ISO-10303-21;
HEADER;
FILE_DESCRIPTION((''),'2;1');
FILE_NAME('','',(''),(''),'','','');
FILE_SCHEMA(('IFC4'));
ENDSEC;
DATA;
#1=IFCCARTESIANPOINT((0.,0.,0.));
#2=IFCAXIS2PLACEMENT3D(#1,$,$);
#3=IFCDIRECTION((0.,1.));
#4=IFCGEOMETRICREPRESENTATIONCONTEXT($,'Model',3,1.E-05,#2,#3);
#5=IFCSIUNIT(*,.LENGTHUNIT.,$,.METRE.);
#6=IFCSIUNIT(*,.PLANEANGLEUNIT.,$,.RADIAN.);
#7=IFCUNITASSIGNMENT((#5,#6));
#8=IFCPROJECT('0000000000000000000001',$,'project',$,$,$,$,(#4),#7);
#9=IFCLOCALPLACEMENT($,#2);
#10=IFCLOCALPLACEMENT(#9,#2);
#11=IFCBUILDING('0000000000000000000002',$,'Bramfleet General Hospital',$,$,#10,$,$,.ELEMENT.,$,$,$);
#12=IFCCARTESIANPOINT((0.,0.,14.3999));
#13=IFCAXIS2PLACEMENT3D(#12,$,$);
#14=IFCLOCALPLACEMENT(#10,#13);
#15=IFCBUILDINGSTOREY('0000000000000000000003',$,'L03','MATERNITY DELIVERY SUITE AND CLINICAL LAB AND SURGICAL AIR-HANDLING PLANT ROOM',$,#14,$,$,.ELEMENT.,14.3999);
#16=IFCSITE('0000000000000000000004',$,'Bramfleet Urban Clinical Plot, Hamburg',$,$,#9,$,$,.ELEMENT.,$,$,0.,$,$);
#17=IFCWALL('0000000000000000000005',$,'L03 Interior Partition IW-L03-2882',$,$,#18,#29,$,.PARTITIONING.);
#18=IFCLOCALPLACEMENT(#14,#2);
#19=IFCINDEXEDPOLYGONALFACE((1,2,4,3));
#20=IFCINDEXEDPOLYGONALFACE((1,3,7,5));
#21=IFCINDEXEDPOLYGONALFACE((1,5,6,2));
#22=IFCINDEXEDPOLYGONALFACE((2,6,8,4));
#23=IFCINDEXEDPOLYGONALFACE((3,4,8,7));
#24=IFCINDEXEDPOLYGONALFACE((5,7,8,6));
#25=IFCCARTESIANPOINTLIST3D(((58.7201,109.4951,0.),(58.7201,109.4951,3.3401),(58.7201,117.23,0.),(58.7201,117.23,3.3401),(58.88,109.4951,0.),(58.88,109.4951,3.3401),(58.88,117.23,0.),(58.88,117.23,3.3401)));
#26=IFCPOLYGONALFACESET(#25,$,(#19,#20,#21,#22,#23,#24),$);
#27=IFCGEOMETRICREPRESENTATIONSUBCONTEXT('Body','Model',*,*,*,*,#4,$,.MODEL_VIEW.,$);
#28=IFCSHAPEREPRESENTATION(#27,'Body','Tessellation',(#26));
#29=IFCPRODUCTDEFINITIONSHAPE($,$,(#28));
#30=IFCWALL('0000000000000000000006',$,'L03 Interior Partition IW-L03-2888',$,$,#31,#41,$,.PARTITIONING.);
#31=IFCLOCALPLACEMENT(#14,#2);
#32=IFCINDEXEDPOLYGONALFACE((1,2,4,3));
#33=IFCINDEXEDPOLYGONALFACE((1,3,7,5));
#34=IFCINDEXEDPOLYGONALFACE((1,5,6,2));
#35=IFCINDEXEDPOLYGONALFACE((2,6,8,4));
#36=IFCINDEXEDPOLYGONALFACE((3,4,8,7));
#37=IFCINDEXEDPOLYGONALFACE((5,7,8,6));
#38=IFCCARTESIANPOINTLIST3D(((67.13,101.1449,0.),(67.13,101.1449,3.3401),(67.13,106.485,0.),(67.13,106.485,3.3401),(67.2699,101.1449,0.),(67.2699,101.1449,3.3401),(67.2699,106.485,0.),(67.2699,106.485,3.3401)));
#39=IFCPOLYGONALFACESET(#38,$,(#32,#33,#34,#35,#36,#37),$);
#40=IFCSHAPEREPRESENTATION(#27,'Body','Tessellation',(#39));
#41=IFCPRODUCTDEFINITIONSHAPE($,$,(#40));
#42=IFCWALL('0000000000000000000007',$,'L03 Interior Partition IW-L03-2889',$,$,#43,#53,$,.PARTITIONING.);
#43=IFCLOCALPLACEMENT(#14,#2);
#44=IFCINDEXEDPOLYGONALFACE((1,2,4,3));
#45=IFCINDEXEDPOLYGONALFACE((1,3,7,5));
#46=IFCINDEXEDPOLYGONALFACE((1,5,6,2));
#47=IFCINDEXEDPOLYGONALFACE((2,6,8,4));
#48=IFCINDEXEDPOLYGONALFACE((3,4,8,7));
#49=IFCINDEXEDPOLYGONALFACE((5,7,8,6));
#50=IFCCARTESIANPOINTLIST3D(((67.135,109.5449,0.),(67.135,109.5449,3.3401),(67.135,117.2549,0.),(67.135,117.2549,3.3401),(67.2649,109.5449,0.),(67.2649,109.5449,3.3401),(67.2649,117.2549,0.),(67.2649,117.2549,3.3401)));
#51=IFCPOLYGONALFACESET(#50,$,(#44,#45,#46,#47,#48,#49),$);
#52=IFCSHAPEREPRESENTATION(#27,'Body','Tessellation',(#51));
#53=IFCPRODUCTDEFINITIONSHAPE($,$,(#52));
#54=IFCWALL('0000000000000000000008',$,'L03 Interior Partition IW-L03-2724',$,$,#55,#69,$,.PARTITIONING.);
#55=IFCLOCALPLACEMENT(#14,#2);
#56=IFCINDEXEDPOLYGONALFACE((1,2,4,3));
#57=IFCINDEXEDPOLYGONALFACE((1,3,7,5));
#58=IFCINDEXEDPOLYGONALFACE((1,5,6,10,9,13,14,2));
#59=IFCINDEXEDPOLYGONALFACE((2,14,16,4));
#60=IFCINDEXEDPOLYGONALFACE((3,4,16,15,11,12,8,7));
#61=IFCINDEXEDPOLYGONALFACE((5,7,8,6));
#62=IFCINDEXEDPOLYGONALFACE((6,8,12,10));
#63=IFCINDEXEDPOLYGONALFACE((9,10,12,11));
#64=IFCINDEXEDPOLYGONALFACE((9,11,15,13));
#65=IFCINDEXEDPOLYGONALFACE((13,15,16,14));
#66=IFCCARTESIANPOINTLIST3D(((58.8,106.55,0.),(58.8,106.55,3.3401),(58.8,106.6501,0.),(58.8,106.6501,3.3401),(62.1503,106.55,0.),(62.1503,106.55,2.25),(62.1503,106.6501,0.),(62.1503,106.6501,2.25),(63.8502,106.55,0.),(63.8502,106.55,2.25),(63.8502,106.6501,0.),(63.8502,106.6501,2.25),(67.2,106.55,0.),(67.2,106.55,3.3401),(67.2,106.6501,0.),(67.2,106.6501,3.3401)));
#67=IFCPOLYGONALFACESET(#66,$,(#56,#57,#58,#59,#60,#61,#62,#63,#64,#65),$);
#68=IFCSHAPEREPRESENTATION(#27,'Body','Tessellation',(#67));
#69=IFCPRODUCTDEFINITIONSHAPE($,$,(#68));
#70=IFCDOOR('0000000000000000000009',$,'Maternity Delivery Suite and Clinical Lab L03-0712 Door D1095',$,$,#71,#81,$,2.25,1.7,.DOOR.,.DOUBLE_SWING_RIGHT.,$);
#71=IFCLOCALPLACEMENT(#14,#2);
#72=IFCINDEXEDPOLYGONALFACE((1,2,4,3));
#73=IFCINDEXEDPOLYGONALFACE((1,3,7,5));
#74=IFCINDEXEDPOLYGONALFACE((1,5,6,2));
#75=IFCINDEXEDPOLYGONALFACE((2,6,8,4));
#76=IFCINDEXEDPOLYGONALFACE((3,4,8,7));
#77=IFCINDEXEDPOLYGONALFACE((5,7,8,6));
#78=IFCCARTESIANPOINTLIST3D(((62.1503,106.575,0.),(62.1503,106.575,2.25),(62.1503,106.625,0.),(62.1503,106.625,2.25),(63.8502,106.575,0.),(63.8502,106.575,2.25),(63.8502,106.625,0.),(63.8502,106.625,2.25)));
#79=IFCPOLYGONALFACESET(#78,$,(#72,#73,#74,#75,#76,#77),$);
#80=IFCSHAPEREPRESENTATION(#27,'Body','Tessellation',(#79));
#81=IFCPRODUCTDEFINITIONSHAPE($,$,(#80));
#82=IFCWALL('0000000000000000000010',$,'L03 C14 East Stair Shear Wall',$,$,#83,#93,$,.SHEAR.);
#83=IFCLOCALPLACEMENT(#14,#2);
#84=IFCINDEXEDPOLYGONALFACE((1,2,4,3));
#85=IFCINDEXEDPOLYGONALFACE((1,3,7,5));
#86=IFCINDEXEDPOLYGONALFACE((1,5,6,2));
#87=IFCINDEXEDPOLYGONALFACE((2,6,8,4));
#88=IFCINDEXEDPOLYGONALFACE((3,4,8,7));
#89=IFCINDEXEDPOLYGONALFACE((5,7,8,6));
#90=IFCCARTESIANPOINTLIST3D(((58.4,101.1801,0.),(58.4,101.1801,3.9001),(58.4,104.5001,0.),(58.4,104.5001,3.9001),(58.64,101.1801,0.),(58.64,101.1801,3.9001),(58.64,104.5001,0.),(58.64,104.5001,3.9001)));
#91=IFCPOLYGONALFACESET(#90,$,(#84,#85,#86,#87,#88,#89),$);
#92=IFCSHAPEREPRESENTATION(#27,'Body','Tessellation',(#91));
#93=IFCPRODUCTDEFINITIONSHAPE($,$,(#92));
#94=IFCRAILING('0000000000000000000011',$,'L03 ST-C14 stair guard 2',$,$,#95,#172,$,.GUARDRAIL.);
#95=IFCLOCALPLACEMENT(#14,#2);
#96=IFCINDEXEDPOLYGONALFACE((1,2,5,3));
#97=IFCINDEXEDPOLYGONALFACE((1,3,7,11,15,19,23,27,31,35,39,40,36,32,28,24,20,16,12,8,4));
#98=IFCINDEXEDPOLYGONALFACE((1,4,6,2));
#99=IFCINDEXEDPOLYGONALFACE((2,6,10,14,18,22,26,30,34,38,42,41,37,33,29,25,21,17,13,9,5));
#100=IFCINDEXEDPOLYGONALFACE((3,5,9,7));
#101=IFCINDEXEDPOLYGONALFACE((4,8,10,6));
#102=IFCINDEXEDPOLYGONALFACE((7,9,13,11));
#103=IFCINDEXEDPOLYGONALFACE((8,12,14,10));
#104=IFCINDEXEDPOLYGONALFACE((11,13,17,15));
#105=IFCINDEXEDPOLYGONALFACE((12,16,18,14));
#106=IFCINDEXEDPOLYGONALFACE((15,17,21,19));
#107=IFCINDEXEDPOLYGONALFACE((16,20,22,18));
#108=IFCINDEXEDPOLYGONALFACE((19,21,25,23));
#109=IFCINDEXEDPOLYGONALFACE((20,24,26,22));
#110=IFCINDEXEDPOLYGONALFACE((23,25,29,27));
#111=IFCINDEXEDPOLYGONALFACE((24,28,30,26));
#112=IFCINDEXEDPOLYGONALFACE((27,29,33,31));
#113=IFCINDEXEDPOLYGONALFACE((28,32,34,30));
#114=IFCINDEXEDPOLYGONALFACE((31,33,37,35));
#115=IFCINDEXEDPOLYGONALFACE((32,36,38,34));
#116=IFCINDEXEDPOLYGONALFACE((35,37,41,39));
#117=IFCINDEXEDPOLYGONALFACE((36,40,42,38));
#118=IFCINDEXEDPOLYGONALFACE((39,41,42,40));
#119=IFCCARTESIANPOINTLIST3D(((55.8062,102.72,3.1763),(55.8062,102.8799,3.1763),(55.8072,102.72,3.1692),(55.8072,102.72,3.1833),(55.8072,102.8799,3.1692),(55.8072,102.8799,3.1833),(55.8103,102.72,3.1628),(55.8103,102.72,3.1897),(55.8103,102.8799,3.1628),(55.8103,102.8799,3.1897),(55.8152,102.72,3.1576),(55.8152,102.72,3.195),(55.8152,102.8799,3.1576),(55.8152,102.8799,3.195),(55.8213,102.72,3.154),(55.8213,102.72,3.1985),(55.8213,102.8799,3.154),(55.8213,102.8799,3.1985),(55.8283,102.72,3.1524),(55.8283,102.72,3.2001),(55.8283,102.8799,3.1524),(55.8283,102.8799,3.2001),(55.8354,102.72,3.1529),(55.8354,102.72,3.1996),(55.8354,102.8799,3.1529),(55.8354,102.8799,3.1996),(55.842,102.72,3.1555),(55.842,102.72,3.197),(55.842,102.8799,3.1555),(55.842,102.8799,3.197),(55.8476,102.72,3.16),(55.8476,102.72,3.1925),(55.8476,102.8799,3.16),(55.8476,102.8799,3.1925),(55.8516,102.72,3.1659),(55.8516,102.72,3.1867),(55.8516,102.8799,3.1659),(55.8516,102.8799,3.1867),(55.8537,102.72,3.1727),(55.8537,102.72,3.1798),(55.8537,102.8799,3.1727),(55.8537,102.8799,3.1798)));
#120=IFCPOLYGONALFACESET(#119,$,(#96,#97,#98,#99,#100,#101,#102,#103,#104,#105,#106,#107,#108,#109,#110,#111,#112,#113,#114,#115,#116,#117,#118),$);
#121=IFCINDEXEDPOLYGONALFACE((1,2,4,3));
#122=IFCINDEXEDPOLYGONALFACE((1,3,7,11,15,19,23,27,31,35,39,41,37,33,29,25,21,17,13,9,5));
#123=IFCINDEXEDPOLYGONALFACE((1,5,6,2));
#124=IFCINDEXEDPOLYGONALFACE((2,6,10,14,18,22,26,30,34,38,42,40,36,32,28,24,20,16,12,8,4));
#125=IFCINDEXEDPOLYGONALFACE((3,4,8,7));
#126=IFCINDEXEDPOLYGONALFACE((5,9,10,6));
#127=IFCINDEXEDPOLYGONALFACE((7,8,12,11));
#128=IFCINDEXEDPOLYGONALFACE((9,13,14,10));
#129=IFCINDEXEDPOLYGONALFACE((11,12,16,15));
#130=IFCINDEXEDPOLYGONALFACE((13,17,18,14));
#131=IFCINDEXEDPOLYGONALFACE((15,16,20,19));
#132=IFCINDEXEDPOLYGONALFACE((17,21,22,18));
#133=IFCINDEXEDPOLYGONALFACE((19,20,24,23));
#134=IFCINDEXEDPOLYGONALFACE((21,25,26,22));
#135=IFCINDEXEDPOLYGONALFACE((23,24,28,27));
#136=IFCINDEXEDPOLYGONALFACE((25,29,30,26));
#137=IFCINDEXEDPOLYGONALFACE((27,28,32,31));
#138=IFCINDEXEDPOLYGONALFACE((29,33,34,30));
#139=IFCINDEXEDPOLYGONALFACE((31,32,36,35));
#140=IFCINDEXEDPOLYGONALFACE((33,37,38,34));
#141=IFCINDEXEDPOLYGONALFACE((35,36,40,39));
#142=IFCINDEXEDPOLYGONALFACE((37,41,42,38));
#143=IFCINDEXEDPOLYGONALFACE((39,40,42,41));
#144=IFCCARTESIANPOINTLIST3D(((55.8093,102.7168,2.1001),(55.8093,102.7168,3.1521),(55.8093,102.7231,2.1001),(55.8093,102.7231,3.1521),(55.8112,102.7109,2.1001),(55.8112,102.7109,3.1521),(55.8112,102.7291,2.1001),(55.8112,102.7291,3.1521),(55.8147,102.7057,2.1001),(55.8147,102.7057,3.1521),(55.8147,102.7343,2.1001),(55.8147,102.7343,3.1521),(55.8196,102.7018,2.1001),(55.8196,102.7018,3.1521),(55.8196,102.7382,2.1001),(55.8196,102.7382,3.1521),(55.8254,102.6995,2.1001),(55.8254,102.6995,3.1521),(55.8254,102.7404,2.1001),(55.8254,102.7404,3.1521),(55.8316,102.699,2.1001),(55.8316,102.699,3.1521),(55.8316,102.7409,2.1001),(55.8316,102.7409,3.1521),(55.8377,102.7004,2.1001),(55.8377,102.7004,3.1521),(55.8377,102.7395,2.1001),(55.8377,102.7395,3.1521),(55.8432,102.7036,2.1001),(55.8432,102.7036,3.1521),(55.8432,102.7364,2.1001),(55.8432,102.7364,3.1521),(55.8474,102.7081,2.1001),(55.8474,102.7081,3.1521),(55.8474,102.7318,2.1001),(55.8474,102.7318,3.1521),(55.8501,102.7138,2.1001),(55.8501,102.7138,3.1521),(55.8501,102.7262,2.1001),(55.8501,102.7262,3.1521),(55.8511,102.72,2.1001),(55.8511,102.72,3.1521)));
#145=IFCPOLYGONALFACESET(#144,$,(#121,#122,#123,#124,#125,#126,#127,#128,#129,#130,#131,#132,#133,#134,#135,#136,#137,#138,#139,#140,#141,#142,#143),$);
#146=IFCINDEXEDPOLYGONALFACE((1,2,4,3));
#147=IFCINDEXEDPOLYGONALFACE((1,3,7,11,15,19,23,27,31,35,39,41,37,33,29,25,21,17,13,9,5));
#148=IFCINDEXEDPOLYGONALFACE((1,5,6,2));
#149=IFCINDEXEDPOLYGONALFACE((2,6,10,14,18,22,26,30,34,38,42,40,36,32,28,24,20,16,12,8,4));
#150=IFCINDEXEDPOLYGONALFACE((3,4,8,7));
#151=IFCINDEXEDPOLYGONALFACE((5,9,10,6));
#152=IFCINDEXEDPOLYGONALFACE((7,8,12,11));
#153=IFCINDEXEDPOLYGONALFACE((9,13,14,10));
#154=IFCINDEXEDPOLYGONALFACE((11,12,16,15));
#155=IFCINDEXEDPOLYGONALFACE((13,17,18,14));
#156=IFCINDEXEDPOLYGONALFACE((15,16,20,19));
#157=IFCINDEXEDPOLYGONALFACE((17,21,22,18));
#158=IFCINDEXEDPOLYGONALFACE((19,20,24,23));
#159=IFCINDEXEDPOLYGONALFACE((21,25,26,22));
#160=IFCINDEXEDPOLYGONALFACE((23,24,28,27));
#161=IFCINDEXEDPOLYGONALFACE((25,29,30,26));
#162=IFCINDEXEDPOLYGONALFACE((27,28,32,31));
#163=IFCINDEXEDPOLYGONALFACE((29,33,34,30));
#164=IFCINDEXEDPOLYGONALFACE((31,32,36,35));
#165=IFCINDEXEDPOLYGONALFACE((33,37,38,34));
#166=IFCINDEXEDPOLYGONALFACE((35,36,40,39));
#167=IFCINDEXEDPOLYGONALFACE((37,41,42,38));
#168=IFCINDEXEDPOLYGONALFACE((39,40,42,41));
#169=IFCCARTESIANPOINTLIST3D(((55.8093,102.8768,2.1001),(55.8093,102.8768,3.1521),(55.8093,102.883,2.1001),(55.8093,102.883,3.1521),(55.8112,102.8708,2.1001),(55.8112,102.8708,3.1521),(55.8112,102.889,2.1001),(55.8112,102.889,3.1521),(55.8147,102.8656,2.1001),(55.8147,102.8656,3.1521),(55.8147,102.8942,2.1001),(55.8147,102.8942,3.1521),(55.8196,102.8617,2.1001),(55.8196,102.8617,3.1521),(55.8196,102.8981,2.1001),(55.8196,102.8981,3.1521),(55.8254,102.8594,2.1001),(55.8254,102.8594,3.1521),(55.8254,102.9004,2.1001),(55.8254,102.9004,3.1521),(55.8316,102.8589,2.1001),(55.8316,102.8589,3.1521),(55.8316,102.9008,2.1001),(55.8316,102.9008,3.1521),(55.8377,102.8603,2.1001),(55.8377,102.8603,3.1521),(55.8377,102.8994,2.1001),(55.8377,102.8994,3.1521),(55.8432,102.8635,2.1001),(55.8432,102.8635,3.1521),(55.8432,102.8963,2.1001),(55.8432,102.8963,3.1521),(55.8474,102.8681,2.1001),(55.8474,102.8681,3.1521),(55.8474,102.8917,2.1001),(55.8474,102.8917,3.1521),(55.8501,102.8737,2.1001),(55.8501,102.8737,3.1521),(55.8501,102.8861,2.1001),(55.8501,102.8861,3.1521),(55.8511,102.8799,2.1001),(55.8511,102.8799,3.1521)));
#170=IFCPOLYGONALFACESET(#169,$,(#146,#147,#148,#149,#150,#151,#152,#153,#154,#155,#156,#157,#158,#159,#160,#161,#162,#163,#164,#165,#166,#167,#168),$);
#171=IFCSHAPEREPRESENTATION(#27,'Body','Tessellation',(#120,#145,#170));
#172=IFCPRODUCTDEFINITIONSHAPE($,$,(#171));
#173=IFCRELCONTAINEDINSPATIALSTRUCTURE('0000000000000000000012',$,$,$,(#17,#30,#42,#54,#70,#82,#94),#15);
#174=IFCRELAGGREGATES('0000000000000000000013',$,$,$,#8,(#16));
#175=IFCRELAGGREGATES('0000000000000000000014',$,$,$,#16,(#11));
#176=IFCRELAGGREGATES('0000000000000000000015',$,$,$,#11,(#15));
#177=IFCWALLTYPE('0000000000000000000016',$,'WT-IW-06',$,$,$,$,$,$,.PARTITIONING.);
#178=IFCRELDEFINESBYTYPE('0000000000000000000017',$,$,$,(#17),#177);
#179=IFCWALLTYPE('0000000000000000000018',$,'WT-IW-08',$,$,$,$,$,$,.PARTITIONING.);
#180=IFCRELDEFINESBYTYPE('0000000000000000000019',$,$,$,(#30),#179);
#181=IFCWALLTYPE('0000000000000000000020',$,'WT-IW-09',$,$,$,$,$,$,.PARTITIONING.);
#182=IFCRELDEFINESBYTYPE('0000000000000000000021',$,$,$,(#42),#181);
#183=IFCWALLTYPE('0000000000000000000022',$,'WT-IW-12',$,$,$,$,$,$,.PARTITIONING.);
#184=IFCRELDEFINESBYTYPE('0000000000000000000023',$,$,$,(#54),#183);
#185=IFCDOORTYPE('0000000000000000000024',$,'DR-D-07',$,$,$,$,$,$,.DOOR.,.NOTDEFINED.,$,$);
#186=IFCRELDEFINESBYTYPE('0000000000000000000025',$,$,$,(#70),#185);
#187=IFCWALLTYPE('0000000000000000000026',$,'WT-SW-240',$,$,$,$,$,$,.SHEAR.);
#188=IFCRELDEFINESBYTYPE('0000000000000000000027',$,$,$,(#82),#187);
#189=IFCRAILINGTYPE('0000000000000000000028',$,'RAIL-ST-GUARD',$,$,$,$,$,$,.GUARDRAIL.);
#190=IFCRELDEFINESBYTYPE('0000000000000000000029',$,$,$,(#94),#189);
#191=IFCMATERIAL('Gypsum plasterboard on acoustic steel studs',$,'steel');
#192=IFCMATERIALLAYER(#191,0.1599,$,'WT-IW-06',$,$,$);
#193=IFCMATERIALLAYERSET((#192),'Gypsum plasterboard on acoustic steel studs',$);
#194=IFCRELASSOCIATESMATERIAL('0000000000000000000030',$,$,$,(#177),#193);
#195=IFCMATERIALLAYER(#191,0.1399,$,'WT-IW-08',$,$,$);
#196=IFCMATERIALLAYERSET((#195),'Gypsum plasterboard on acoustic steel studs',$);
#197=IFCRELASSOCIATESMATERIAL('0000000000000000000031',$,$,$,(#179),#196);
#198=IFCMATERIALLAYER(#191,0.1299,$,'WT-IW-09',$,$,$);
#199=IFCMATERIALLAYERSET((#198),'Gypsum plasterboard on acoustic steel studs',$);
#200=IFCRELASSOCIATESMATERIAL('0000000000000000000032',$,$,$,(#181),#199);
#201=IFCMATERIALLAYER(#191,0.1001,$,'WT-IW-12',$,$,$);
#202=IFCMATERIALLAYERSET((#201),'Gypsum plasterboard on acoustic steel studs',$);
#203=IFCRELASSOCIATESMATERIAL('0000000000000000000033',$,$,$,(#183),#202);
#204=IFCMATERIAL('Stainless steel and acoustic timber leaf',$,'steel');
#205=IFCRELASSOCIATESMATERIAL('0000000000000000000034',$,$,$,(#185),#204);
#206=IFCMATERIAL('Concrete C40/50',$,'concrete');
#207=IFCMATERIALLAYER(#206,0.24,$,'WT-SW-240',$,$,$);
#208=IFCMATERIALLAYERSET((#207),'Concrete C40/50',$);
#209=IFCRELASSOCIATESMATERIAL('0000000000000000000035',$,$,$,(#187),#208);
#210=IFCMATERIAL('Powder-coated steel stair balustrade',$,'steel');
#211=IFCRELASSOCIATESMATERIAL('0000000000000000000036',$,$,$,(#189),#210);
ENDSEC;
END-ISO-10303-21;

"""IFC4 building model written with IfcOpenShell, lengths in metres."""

from ifc_helpers import new_model, si_unit, direction, frame, frame_2d, origin, origin_2d, place, context, subcontext, project, spatial, rectangle, circle, extrude, material, layer, layer_set, type_object, element, fill, save


model = new_model("IFC4")

# Units and contexts
model_context = context("Model", 3, precision=1e-05, world=origin(), true_north=direction((0.0, 1.0)))
body_context = subcontext(model_context, "Body", "Model", "MODEL_VIEW")
ifc_project = project(units=[si_unit("LENGTHUNIT", "METRE"), si_unit("PLANEANGLEUNIT", "RADIAN")], contexts=[model_context])

# Site, building, storey
site_placement = place(None, origin())
site = spatial("IfcSite", under=ifc_project, at=site_placement, Name="Bramfleet Urban Clinical Plot, Hamburg", CompositionType="ELEMENT", RefElevation=0.0)
building_placement = place(site_placement, origin())
building = spatial("IfcBuilding", under=site, at=building_placement, Name="Bramfleet General Hospital", CompositionType="ELEMENT")
storey_placement = place(building_placement, frame((0.0, 0.0, 14.3999)))
storey = spatial("IfcBuildingStorey", under=building, at=storey_placement, Name="L03", Description="MATERNITY DELIVERY SUITE AND CLINICAL LAB AND SURGICAL AIR-HANDLING PLANT ROOM", CompositionType="ELEMENT", Elevation=14.3999)

# Shared definitions
ifc_material_1 = material(Name="Concrete C40/50", Category="concrete")

# Shared definitions
ifc_material_2 = material(Name="Gypsum plasterboard on acoustic steel studs", Category="steel")
ifc_layer_1 = layer(ifc_material_2, 0.1599, Name="WT-IW-06")
ifc_layer_set_1 = layer_set([ifc_layer_1], Name="Gypsum plasterboard on acoustic steel studs")
wall_type_1 = type_object("IfcWallType", Name="WT-IW-06", PredefinedType="PARTITIONING", material=ifc_layer_set_1)
ifc_material_3 = material(Name="Stainless steel and acoustic timber leaf", Category="steel")

# Walls
wall_1_placement = place(storey_placement, frame((58.8, 109.4951, 0.0), z_axis=(0.0, 0.0, 1.0), x_axis=(0.0, 1.0, 0.0)))
element("IfcWall", 1, at=wall_1_placement, inside=storey, type_object=wall_type_1, Name="L03 Interior Partition IW-L03-2882", PredefinedType="PARTITIONING", context=body_context, shape_type="SweptSolid", body=[
    extrude(rectangle(XDim=7.7349, YDim=0.1599, at=frame_2d((3.8674, 0.0))), origin(), (0.0, 0.0, 1.0), 3.3401),
])
ifc_layer_2 = layer(ifc_material_2, 0.1399, Name="WT-IW-08")
ifc_layer_set_2 = layer_set([ifc_layer_2], Name="Gypsum plasterboard on acoustic steel studs")
wall_type_2 = type_object("IfcWallType", Name="WT-IW-08", PredefinedType="PARTITIONING", material=ifc_layer_set_2)
wall_2_placement = place(storey_placement, frame((67.2, 101.145, 0.0), z_axis=(0.0, 0.0, 1.0), x_axis=(0.0, 1.0, 0.0)))
element("IfcWall", 2, at=wall_2_placement, inside=storey, type_object=wall_type_2, Name="L03 Interior Partition IW-L03-2888", PredefinedType="PARTITIONING", context=body_context, shape_type="SweptSolid", body=[
    extrude(rectangle(XDim=5.3401, YDim=0.1399, at=frame_2d((2.6699, 0.0))), origin(), (0.0, 0.0, 1.0), 3.3401),
])
ifc_layer_3 = layer(ifc_material_2, 0.1299, Name="WT-IW-09")
ifc_layer_set_3 = layer_set([ifc_layer_3], Name="Gypsum plasterboard on acoustic steel studs")
wall_type_3 = type_object("IfcWallType", Name="WT-IW-09", PredefinedType="PARTITIONING", material=ifc_layer_set_3)
wall_3_placement = place(storey_placement, frame((67.2, 109.5449, 0.0), z_axis=(0.0, 0.0, 1.0), x_axis=(0.0, 1.0, 0.0)))
element("IfcWall", 3, at=wall_3_placement, inside=storey, type_object=wall_type_3, Name="L03 Interior Partition IW-L03-2889", PredefinedType="PARTITIONING", context=body_context, shape_type="SweptSolid", body=[
    extrude(rectangle(XDim=7.71, YDim=0.1299, at=frame_2d((3.855, 0.0))), origin(), (0.0, 0.0, 1.0), 3.3401),
])

# Wall, opening, door
ifc_layer_4 = layer(ifc_material_2, 0.1001, Name="WT-IW-12")
ifc_layer_set_4 = layer_set([ifc_layer_4], Name="Gypsum plasterboard on acoustic steel studs")
wall_type_4 = type_object("IfcWallType", Name="WT-IW-12", PredefinedType="PARTITIONING", material=ifc_layer_set_4)
wall_4_placement = place(storey_placement, frame((58.8, 106.6001, 0.0), z_axis=(0.0, 0.0, 1.0), x_axis=(1.0, 0.0, 0.0)))
wall_4 = element("IfcWall", 4, at=wall_4_placement, inside=storey, type_object=wall_type_4, Name="L03 Interior Partition IW-L03-2724", PredefinedType="PARTITIONING", context=body_context, shape_type="SweptSolid", body=[
    extrude(rectangle(XDim=8.3999, YDim=0.1001, at=frame_2d((4.2, 0.0))), origin(), (0.0, 0.0, 1.0), 3.3401),
])
opening_1_placement = place(wall_4_placement, frame((3.3501, 0.0, 0.0)))
opening_1 = element("IfcOpeningElement", 5, at=opening_1_placement, cuts=wall_4, PredefinedType="OPENING", context=body_context, shape_type="SweptSolid", body=[
    extrude(rectangle(XDim=1.7, YDim=2.25, at=frame_2d((0.8501, 1.125))), frame((0.0, 0.0601, 0.0), z_axis=(0.0, -1.0, 0.0), x_axis=(1.0, 0.0, 0.0)), (0.0, 0.0, 1.0), 0.1201),
])
door_type_1 = type_object("IfcDoorType", Name="DR-D-07", OperationType="NOTDEFINED", PredefinedType="DOOR", material=ifc_material_3)
door_1_placement = place(opening_1_placement, origin())
door_1 = element("IfcDoor", 6, at=door_1_placement, inside=storey, type_object=door_type_1, Name="Maternity Delivery Suite and Clinical Lab L03-0712 Door D1095", OperationType="DOUBLE_SWING_RIGHT", OverallHeight=2.25, OverallWidth=1.7, PredefinedType="DOOR", context=body_context, shape_type="SweptSolid", body=[
    extrude(rectangle(XDim=1.7, YDim=2.25, at=frame_2d((0.8501, 1.125))), frame((0.0, 0.0249, 0.0), z_axis=(0.0, -1.0, 0.0), x_axis=(1.0, 0.0, 0.0)), (0.0, 0.0, 1.0), 0.05),
])
fill(opening_1, door_1)

# Wall
ifc_layer_5 = layer(ifc_material_1, 0.24, Name="WT-SW-240")
ifc_layer_set_5 = layer_set([ifc_layer_5], Name="Concrete C40/50")
wall_type_5 = type_object("IfcWallType", Name="WT-SW-240", PredefinedType="SHEAR", material=ifc_layer_set_5)
wall_5_placement = place(storey_placement, frame((58.52, 101.1799, 0.0), z_axis=(0.0, 0.0, 1.0), x_axis=(0.0, 1.0, 0.0)))
element("IfcWall", 7, at=wall_5_placement, inside=storey, type_object=wall_type_5, Name="L03 C14 East Stair Shear Wall", PredefinedType="SHEAR", context=body_context, shape_type="SweptSolid", body=[
    extrude(rectangle(XDim=3.3201, YDim=0.24, at=frame_2d((1.6602, 0.0))), origin(), (0.0, 0.0, 1.0), 3.9001),
])

# Railing
ifc_material_4 = material(Name="Powder-coated steel stair balustrade", Category="steel")
railing_type = type_object("IfcRailingType", Name="RAIL-ST-GUARD", PredefinedType="GUARDRAIL", material=ifc_material_4)
railing_placement = place(storey_placement, frame((55.8301, 102.72, 2.1001)))
element("IfcRailing", 8, at=railing_placement, inside=storey, type_object=railing_type, Name="L03 ST-C14 stair guard 2", PredefinedType="GUARDRAIL", context=body_context, shape_type="SweptSolid", body=[
    extrude(circle(Radius=0.0239, at=origin_2d()), frame((0.0, 0.0, 1.0762), z_axis=(0.0, 1.0, 0.0), x_axis=(-1.0, 0.0, 0.0)), (0.0, 0.0, 1.0), 0.1599),
    extrude(circle(Radius=0.021, at=origin_2d()), origin(), (0.0, 0.0, 1.0), 1.052),
    extrude(circle(Radius=0.021, at=origin_2d()), frame((0.0, 0.1599, 0.0)), (0.0, 0.0, 1.0), 1.052),
])

save(model, "model.ifc")
